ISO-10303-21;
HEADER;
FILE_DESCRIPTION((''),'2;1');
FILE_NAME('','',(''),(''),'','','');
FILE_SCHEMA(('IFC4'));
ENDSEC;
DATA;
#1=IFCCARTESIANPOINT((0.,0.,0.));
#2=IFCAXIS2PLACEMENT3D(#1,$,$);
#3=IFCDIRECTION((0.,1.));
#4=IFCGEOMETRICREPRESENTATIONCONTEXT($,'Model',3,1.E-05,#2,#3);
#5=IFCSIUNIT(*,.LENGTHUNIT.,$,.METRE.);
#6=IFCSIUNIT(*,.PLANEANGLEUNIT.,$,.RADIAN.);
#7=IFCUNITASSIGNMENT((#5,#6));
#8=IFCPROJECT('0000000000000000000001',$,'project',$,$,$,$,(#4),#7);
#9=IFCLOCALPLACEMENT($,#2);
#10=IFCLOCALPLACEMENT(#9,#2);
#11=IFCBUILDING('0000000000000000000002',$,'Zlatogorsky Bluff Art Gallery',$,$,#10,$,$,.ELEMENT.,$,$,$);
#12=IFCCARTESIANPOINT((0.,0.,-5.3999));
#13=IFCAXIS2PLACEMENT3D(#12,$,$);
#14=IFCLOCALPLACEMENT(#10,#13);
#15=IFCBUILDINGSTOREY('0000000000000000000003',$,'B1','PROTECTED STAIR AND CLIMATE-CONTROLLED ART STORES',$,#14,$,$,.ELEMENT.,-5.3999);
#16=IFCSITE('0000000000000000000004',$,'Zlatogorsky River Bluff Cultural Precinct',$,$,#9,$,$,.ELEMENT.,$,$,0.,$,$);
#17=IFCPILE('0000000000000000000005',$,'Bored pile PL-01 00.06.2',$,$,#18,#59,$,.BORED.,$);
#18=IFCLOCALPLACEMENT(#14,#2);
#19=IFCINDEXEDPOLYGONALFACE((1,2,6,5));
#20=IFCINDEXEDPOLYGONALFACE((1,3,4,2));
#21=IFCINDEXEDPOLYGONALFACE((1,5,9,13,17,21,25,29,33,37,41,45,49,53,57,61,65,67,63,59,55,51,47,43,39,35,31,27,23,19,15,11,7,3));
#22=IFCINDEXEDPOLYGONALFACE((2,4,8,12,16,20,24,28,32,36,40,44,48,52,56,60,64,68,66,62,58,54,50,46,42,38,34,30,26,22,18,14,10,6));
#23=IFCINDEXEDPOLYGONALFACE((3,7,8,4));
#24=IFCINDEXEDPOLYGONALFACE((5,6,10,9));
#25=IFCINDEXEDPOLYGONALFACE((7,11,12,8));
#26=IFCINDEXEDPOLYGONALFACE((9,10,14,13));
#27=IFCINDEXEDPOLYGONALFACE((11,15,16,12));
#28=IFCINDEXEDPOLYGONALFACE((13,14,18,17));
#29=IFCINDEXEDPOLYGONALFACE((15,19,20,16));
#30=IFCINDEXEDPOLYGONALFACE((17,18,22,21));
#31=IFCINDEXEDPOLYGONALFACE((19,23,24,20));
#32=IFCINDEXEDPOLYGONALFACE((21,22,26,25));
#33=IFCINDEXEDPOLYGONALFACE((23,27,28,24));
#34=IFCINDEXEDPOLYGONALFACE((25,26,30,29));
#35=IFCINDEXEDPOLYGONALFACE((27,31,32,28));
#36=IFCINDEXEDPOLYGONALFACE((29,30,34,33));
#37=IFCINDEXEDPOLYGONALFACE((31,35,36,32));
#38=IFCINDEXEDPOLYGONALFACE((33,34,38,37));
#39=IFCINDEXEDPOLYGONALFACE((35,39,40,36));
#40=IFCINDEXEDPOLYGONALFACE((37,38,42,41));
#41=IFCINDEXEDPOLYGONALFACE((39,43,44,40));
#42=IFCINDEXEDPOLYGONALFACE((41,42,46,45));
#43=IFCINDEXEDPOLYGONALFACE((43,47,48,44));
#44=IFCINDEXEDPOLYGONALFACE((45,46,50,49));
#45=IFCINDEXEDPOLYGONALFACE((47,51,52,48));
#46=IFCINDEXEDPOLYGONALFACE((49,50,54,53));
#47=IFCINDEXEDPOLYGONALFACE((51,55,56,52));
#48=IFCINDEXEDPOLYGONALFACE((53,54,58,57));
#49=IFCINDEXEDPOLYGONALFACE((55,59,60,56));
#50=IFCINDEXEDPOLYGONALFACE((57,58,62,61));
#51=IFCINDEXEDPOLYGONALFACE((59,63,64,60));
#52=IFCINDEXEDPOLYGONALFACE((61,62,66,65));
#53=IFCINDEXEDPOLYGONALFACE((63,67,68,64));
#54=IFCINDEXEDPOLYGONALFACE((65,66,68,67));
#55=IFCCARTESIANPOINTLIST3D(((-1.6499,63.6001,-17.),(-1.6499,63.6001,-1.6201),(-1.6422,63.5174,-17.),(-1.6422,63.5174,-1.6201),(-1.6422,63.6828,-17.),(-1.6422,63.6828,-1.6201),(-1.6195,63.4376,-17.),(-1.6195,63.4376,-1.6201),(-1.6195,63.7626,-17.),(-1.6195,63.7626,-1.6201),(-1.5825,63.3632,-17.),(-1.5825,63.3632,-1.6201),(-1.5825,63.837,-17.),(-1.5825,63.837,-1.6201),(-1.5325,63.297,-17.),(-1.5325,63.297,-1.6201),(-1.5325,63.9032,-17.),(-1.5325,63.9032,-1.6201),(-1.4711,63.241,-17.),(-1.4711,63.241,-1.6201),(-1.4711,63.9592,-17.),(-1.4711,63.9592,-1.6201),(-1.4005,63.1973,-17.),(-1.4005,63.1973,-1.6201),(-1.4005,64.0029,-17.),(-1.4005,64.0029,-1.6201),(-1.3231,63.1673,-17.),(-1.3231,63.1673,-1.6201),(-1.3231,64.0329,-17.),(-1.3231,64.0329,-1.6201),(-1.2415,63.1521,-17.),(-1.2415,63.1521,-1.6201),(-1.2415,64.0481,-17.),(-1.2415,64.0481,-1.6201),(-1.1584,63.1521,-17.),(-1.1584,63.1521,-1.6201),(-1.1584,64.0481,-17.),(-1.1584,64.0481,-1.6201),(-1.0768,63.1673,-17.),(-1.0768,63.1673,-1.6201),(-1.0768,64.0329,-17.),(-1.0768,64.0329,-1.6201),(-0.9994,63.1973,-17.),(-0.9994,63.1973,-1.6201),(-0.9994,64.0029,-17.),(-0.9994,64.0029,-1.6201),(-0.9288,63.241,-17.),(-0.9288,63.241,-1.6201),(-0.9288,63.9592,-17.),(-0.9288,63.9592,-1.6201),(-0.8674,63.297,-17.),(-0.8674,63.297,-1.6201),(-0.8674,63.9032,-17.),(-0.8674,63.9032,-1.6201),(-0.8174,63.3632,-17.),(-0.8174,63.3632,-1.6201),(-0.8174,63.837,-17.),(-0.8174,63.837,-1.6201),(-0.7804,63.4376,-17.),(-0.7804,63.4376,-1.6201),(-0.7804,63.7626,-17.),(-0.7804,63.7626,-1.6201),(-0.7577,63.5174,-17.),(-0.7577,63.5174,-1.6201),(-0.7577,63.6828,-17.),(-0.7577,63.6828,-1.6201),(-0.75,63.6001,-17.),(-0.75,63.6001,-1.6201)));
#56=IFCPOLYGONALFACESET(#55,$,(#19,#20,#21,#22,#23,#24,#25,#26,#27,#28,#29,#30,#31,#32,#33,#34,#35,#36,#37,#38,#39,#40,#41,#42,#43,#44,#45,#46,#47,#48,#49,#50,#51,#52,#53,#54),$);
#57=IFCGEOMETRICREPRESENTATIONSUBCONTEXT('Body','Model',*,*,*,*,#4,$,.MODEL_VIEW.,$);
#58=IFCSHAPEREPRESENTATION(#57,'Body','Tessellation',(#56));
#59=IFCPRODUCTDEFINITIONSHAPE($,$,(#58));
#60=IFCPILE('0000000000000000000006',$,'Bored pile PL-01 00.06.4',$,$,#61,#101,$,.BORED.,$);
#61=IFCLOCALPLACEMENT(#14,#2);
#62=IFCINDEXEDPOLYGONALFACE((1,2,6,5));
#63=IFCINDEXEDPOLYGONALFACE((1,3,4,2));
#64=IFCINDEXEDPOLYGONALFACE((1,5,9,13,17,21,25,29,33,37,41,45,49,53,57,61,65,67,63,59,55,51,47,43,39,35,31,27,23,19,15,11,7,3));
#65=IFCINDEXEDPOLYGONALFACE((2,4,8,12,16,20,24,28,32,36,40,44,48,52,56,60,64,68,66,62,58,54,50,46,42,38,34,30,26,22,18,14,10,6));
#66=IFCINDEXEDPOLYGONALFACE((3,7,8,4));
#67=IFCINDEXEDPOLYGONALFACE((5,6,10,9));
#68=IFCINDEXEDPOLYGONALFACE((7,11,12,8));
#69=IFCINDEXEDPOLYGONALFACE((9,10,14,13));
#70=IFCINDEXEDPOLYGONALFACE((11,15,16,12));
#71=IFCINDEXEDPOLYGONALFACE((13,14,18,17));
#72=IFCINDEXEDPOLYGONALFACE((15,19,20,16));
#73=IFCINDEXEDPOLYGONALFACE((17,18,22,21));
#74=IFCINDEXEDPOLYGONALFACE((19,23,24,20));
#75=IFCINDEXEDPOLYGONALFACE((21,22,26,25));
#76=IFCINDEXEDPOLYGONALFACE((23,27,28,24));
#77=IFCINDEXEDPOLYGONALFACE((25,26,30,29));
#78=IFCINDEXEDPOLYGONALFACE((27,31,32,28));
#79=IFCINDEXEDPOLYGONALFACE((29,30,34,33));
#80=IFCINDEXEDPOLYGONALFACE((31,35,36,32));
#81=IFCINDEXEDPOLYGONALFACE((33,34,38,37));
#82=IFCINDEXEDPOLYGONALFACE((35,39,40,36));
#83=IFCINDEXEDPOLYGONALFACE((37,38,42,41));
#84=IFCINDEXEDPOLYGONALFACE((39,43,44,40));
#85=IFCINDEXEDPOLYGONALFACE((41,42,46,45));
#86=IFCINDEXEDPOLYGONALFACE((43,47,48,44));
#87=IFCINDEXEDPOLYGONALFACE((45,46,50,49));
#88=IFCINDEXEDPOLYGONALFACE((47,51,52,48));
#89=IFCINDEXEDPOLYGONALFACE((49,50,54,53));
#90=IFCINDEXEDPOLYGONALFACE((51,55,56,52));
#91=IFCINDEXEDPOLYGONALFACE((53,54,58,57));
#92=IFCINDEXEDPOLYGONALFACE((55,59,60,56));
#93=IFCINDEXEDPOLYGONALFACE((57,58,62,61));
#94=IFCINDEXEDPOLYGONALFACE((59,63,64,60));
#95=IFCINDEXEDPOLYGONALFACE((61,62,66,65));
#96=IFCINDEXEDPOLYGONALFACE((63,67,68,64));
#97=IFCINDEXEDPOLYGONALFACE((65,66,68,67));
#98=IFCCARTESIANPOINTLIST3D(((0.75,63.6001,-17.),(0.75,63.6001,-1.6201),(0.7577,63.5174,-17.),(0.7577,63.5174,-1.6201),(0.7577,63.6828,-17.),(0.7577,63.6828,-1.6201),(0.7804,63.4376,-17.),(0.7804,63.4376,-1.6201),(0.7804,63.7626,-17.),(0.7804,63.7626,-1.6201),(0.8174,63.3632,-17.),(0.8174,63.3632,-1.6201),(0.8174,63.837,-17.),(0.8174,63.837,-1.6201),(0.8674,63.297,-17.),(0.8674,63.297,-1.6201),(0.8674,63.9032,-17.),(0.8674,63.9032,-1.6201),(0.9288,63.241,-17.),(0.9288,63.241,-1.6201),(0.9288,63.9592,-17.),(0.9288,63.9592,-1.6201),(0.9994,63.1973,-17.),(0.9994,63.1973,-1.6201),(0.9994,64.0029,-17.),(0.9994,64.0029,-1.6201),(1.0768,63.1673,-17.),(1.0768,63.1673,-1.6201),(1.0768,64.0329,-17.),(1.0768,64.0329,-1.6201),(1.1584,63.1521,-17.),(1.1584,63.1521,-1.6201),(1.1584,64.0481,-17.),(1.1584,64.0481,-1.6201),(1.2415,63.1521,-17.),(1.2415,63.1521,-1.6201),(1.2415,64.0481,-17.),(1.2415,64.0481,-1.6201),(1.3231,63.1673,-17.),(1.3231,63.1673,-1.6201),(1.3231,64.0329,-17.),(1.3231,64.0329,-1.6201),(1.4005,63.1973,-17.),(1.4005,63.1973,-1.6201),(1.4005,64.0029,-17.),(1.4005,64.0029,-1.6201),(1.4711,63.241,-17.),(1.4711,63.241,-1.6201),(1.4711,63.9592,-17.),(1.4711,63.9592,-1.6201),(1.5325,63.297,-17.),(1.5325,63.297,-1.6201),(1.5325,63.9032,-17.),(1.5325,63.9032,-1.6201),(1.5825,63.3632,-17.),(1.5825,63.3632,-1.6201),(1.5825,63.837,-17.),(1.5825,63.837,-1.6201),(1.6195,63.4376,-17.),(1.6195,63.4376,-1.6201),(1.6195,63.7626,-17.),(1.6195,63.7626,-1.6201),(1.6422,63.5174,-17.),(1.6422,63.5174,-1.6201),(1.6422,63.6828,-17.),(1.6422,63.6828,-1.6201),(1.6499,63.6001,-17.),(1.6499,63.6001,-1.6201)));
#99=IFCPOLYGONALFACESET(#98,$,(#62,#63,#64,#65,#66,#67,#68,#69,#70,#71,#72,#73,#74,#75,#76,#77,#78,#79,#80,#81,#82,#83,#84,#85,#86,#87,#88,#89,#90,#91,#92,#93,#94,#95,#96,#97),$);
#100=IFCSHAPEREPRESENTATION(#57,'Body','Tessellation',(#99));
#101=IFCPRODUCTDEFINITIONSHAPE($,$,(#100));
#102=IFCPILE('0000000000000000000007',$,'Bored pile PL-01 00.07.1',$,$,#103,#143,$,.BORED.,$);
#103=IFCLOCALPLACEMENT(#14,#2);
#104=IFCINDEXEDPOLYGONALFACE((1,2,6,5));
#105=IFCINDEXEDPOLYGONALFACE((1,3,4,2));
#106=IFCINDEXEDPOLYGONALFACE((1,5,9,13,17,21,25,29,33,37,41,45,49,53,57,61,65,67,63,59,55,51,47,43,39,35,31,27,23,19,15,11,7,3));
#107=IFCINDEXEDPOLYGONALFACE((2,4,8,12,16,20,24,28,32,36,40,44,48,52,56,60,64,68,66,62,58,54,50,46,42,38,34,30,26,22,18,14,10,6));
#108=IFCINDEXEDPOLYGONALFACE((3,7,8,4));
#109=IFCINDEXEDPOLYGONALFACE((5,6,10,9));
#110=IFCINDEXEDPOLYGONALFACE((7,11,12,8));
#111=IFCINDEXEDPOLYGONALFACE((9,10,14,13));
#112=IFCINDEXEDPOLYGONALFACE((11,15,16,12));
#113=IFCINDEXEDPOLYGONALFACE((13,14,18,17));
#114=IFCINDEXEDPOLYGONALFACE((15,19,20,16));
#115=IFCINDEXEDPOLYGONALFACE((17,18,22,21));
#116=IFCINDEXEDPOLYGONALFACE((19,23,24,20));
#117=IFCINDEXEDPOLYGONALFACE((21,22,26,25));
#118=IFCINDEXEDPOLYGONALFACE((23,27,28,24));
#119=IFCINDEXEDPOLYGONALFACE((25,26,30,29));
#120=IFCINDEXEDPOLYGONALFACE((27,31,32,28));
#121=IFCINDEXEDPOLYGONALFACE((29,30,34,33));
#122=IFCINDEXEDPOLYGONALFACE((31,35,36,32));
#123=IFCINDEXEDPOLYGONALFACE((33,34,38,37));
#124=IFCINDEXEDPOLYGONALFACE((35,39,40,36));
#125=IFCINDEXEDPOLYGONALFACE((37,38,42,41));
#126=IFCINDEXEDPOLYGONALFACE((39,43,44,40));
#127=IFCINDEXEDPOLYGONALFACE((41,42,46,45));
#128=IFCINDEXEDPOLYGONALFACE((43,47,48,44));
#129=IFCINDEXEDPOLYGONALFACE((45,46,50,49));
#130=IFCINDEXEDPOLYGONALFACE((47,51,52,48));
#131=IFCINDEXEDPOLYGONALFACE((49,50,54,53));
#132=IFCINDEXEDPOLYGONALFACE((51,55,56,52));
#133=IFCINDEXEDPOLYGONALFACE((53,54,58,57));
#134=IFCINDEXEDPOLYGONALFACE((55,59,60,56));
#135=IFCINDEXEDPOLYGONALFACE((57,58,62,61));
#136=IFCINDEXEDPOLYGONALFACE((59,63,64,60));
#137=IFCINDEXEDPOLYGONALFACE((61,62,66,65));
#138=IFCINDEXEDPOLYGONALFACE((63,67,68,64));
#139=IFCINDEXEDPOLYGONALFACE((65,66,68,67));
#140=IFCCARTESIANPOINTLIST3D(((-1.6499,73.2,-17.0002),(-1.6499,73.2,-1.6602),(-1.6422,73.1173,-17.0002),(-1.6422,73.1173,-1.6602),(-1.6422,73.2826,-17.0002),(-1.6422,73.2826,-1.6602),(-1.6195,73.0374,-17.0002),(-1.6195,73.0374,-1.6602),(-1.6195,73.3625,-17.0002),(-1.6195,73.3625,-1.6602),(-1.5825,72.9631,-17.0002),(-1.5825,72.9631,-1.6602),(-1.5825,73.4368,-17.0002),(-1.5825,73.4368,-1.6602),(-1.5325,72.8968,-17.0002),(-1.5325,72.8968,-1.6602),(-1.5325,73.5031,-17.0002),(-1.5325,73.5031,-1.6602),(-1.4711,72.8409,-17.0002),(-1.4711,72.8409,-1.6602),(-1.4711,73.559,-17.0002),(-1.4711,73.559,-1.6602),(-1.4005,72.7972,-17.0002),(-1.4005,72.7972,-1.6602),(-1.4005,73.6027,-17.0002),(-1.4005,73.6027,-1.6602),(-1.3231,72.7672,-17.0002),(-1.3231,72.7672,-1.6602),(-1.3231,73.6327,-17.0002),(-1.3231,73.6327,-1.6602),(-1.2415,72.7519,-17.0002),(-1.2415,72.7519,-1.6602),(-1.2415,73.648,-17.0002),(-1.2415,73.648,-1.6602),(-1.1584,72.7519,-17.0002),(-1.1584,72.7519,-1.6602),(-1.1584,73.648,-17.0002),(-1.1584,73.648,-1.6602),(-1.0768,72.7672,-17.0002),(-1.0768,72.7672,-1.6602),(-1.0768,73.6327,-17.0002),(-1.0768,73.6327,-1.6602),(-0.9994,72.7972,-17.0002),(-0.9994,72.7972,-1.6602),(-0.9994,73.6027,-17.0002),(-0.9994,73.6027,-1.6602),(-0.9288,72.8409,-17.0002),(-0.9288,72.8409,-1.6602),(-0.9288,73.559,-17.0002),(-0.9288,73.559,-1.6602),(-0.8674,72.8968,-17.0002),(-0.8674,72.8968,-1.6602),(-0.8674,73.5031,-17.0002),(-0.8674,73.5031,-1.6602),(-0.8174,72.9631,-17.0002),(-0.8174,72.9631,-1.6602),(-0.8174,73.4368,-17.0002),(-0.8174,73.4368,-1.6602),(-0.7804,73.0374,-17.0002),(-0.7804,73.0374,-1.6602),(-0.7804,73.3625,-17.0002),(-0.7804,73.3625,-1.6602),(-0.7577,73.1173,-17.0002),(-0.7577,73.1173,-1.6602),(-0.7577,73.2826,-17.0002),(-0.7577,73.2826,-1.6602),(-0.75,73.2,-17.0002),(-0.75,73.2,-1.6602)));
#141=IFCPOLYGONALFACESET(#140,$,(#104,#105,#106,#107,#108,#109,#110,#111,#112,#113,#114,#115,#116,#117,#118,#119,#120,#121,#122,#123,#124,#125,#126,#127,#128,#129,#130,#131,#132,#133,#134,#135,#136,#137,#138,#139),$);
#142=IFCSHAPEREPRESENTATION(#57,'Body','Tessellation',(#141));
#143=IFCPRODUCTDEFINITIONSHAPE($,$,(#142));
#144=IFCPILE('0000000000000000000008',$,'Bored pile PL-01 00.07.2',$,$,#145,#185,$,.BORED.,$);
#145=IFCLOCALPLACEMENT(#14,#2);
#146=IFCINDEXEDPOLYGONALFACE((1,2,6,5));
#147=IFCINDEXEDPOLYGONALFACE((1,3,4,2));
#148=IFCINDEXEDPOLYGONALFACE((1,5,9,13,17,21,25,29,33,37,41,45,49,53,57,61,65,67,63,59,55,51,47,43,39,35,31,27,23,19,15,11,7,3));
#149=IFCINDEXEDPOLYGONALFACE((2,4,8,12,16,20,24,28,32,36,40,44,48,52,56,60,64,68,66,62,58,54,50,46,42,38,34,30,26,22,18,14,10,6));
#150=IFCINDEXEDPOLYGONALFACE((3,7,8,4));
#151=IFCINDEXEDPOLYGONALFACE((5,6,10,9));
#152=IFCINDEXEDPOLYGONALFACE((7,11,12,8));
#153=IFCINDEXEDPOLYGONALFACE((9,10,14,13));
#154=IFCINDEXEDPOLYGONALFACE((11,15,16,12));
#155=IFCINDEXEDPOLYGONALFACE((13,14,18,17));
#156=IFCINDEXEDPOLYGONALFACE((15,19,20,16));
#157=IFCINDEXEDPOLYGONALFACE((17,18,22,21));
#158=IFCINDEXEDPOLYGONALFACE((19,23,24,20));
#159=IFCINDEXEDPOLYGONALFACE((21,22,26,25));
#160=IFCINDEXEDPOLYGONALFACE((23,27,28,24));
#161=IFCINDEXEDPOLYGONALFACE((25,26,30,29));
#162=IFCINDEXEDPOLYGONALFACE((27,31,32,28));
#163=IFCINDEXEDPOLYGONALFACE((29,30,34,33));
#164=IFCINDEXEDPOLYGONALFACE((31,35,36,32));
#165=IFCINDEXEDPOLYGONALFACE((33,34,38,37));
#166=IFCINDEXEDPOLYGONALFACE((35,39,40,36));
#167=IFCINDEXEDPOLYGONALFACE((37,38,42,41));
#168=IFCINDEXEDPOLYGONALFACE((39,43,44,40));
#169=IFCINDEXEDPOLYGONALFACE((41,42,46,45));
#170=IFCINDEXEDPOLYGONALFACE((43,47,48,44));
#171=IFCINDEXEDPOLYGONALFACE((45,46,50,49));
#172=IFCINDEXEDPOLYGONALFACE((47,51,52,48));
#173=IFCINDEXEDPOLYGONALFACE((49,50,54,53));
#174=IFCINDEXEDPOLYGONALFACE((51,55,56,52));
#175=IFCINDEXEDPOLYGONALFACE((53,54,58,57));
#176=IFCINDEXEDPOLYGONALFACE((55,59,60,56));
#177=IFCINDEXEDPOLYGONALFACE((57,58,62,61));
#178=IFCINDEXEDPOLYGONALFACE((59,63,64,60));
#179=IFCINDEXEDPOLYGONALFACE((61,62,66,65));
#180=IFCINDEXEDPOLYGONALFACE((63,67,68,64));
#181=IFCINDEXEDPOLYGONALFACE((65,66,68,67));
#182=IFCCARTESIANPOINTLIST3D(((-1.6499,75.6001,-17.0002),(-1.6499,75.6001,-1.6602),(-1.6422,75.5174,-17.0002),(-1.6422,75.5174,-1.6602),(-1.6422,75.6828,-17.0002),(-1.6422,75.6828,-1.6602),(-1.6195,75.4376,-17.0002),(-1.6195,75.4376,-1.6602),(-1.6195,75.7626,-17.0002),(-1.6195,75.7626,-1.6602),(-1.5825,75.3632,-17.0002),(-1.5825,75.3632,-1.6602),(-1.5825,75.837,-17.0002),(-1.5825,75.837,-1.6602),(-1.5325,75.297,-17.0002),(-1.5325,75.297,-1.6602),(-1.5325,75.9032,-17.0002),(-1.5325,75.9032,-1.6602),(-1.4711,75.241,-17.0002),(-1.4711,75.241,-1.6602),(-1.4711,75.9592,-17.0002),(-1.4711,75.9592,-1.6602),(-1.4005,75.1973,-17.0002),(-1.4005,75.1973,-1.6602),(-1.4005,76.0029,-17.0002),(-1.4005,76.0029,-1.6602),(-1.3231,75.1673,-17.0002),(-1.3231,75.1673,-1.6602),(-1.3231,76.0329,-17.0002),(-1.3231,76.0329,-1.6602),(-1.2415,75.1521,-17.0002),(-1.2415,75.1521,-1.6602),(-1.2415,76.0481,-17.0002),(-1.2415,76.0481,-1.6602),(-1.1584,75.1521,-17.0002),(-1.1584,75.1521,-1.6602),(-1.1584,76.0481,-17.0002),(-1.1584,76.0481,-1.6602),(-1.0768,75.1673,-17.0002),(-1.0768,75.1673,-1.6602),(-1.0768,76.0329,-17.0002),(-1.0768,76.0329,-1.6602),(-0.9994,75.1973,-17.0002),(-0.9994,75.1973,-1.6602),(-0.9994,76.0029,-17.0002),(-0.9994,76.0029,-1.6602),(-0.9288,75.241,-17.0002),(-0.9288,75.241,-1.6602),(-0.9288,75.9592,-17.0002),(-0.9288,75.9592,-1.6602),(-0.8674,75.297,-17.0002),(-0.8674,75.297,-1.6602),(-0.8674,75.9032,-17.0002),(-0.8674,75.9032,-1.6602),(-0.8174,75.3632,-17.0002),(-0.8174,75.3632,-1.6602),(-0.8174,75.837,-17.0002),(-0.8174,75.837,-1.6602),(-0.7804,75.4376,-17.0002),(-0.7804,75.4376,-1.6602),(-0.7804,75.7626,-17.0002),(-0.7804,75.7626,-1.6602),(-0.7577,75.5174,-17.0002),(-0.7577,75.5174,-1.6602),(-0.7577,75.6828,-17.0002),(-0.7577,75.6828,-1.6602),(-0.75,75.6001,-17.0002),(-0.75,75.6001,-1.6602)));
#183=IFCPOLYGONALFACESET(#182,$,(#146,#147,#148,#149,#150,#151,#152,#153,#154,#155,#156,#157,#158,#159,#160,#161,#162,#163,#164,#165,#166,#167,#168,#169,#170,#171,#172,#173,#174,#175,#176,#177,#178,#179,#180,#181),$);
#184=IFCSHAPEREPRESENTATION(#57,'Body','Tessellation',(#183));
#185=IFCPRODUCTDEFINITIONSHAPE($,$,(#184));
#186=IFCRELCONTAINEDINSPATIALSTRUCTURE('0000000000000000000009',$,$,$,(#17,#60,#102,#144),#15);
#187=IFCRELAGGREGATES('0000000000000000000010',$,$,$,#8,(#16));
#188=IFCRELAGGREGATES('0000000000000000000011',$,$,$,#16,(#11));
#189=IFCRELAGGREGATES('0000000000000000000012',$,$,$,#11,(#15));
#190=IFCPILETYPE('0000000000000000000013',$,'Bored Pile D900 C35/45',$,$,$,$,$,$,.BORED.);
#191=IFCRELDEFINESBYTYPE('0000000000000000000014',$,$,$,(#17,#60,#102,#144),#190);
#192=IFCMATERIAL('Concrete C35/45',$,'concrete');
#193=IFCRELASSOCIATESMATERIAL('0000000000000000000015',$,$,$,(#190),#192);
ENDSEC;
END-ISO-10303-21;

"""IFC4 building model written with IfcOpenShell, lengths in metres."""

from ifc_helpers import new_model, si_unit, direction, frame, origin, origin_2d, place, context, subcontext, project, spatial, circle, extrude, material, material_profile, profile_set, type_object, element, save


model = new_model("IFC4")

# Units and contexts
model_context = context("Model", 3, precision=1e-05, world=origin(), true_north=direction((0.0, 1.0)))
body_context = subcontext(model_context, "Body", "Model", "MODEL_VIEW")
ifc_project = project(units=[si_unit("LENGTHUNIT", "METRE"), si_unit("PLANEANGLEUNIT", "RADIAN")], contexts=[model_context])

# Site, building, storey
site_placement = place(None, origin())
site = spatial("IfcSite", under=ifc_project, at=site_placement, Name="Zlatogorsky River Bluff Cultural Precinct", CompositionType="ELEMENT", RefElevation=0.0)
building_placement = place(site_placement, origin())
building = spatial("IfcBuilding", under=site, at=building_placement, Name="Zlatogorsky Bluff Art Gallery", CompositionType="ELEMENT")
storey_placement = place(building_placement, frame((0.0, 0.0, -5.3999)))
storey = spatial("IfcBuildingStorey", under=building, at=storey_placement, Name="B1", Description="PROTECTED STAIR AND CLIMATE-CONTROLLED ART STORES", CompositionType="ELEMENT", Elevation=-5.3999)

# Piles
ifc_material_1 = material(Name="Concrete C35/45", Category="concrete")
ifc_material_profile_1 = material_profile(ifc_material_1, circle(Radius=0.45, at=origin_2d()), Name="BORED PILE D900")
ifc_profile_set_1 = profile_set([ifc_material_profile_1], Name="Concrete C35/45")
pile_type_1 = type_object("IfcPileType", Name="Bored Pile D900 C35/45", PredefinedType="BORED", material=ifc_profile_set_1)
for number, where, z_axis, x_axis, name in (
    (1, (-1.2, 63.6001, -1.6201), (0.0, 0.0, -1.0), (1.0, 0.0, 0.0), "Bored pile PL-01 00.06.2"),
    (2, (1.2, 63.6001, -1.6201), (0.0, 0.0, -1.0), (1.0, 0.0, 0.0), "Bored pile PL-01 00.06.4"),
):
    element("IfcPile", number, at=place(storey_placement, frame(where, z_axis=z_axis, x_axis=x_axis)), inside=storey, type_object=pile_type_1, Name=name, PredefinedType="BORED", context=body_context, shape_type="SweptSolid", body=[
        extrude(circle(Radius=0.45, at=origin_2d()), origin(), (0.0, 0.0, 1.0), 15.3799),
    ])
for number, where, z_axis, x_axis, name in (
    (3, (-1.2, 73.2, -1.6602), (0.0, 0.0, -1.0), (1.0, 0.0, 0.0), "Bored pile PL-01 00.07.1"),
    (4, (-1.2, 75.6001, -1.6602), (0.0, 0.0, -1.0), (1.0, 0.0, 0.0), "Bored pile PL-01 00.07.2"),
):
    element("IfcPile", number, at=place(storey_placement, frame(where, z_axis=z_axis, x_axis=x_axis)), inside=storey, type_object=pile_type_1, Name=name, PredefinedType="BORED", context=body_context, shape_type="SweptSolid", body=[
        extrude(circle(Radius=0.45, at=origin_2d()), origin(), (0.0, 0.0, 1.0), 15.3401),
    ])

save(model, "model.ifc")
